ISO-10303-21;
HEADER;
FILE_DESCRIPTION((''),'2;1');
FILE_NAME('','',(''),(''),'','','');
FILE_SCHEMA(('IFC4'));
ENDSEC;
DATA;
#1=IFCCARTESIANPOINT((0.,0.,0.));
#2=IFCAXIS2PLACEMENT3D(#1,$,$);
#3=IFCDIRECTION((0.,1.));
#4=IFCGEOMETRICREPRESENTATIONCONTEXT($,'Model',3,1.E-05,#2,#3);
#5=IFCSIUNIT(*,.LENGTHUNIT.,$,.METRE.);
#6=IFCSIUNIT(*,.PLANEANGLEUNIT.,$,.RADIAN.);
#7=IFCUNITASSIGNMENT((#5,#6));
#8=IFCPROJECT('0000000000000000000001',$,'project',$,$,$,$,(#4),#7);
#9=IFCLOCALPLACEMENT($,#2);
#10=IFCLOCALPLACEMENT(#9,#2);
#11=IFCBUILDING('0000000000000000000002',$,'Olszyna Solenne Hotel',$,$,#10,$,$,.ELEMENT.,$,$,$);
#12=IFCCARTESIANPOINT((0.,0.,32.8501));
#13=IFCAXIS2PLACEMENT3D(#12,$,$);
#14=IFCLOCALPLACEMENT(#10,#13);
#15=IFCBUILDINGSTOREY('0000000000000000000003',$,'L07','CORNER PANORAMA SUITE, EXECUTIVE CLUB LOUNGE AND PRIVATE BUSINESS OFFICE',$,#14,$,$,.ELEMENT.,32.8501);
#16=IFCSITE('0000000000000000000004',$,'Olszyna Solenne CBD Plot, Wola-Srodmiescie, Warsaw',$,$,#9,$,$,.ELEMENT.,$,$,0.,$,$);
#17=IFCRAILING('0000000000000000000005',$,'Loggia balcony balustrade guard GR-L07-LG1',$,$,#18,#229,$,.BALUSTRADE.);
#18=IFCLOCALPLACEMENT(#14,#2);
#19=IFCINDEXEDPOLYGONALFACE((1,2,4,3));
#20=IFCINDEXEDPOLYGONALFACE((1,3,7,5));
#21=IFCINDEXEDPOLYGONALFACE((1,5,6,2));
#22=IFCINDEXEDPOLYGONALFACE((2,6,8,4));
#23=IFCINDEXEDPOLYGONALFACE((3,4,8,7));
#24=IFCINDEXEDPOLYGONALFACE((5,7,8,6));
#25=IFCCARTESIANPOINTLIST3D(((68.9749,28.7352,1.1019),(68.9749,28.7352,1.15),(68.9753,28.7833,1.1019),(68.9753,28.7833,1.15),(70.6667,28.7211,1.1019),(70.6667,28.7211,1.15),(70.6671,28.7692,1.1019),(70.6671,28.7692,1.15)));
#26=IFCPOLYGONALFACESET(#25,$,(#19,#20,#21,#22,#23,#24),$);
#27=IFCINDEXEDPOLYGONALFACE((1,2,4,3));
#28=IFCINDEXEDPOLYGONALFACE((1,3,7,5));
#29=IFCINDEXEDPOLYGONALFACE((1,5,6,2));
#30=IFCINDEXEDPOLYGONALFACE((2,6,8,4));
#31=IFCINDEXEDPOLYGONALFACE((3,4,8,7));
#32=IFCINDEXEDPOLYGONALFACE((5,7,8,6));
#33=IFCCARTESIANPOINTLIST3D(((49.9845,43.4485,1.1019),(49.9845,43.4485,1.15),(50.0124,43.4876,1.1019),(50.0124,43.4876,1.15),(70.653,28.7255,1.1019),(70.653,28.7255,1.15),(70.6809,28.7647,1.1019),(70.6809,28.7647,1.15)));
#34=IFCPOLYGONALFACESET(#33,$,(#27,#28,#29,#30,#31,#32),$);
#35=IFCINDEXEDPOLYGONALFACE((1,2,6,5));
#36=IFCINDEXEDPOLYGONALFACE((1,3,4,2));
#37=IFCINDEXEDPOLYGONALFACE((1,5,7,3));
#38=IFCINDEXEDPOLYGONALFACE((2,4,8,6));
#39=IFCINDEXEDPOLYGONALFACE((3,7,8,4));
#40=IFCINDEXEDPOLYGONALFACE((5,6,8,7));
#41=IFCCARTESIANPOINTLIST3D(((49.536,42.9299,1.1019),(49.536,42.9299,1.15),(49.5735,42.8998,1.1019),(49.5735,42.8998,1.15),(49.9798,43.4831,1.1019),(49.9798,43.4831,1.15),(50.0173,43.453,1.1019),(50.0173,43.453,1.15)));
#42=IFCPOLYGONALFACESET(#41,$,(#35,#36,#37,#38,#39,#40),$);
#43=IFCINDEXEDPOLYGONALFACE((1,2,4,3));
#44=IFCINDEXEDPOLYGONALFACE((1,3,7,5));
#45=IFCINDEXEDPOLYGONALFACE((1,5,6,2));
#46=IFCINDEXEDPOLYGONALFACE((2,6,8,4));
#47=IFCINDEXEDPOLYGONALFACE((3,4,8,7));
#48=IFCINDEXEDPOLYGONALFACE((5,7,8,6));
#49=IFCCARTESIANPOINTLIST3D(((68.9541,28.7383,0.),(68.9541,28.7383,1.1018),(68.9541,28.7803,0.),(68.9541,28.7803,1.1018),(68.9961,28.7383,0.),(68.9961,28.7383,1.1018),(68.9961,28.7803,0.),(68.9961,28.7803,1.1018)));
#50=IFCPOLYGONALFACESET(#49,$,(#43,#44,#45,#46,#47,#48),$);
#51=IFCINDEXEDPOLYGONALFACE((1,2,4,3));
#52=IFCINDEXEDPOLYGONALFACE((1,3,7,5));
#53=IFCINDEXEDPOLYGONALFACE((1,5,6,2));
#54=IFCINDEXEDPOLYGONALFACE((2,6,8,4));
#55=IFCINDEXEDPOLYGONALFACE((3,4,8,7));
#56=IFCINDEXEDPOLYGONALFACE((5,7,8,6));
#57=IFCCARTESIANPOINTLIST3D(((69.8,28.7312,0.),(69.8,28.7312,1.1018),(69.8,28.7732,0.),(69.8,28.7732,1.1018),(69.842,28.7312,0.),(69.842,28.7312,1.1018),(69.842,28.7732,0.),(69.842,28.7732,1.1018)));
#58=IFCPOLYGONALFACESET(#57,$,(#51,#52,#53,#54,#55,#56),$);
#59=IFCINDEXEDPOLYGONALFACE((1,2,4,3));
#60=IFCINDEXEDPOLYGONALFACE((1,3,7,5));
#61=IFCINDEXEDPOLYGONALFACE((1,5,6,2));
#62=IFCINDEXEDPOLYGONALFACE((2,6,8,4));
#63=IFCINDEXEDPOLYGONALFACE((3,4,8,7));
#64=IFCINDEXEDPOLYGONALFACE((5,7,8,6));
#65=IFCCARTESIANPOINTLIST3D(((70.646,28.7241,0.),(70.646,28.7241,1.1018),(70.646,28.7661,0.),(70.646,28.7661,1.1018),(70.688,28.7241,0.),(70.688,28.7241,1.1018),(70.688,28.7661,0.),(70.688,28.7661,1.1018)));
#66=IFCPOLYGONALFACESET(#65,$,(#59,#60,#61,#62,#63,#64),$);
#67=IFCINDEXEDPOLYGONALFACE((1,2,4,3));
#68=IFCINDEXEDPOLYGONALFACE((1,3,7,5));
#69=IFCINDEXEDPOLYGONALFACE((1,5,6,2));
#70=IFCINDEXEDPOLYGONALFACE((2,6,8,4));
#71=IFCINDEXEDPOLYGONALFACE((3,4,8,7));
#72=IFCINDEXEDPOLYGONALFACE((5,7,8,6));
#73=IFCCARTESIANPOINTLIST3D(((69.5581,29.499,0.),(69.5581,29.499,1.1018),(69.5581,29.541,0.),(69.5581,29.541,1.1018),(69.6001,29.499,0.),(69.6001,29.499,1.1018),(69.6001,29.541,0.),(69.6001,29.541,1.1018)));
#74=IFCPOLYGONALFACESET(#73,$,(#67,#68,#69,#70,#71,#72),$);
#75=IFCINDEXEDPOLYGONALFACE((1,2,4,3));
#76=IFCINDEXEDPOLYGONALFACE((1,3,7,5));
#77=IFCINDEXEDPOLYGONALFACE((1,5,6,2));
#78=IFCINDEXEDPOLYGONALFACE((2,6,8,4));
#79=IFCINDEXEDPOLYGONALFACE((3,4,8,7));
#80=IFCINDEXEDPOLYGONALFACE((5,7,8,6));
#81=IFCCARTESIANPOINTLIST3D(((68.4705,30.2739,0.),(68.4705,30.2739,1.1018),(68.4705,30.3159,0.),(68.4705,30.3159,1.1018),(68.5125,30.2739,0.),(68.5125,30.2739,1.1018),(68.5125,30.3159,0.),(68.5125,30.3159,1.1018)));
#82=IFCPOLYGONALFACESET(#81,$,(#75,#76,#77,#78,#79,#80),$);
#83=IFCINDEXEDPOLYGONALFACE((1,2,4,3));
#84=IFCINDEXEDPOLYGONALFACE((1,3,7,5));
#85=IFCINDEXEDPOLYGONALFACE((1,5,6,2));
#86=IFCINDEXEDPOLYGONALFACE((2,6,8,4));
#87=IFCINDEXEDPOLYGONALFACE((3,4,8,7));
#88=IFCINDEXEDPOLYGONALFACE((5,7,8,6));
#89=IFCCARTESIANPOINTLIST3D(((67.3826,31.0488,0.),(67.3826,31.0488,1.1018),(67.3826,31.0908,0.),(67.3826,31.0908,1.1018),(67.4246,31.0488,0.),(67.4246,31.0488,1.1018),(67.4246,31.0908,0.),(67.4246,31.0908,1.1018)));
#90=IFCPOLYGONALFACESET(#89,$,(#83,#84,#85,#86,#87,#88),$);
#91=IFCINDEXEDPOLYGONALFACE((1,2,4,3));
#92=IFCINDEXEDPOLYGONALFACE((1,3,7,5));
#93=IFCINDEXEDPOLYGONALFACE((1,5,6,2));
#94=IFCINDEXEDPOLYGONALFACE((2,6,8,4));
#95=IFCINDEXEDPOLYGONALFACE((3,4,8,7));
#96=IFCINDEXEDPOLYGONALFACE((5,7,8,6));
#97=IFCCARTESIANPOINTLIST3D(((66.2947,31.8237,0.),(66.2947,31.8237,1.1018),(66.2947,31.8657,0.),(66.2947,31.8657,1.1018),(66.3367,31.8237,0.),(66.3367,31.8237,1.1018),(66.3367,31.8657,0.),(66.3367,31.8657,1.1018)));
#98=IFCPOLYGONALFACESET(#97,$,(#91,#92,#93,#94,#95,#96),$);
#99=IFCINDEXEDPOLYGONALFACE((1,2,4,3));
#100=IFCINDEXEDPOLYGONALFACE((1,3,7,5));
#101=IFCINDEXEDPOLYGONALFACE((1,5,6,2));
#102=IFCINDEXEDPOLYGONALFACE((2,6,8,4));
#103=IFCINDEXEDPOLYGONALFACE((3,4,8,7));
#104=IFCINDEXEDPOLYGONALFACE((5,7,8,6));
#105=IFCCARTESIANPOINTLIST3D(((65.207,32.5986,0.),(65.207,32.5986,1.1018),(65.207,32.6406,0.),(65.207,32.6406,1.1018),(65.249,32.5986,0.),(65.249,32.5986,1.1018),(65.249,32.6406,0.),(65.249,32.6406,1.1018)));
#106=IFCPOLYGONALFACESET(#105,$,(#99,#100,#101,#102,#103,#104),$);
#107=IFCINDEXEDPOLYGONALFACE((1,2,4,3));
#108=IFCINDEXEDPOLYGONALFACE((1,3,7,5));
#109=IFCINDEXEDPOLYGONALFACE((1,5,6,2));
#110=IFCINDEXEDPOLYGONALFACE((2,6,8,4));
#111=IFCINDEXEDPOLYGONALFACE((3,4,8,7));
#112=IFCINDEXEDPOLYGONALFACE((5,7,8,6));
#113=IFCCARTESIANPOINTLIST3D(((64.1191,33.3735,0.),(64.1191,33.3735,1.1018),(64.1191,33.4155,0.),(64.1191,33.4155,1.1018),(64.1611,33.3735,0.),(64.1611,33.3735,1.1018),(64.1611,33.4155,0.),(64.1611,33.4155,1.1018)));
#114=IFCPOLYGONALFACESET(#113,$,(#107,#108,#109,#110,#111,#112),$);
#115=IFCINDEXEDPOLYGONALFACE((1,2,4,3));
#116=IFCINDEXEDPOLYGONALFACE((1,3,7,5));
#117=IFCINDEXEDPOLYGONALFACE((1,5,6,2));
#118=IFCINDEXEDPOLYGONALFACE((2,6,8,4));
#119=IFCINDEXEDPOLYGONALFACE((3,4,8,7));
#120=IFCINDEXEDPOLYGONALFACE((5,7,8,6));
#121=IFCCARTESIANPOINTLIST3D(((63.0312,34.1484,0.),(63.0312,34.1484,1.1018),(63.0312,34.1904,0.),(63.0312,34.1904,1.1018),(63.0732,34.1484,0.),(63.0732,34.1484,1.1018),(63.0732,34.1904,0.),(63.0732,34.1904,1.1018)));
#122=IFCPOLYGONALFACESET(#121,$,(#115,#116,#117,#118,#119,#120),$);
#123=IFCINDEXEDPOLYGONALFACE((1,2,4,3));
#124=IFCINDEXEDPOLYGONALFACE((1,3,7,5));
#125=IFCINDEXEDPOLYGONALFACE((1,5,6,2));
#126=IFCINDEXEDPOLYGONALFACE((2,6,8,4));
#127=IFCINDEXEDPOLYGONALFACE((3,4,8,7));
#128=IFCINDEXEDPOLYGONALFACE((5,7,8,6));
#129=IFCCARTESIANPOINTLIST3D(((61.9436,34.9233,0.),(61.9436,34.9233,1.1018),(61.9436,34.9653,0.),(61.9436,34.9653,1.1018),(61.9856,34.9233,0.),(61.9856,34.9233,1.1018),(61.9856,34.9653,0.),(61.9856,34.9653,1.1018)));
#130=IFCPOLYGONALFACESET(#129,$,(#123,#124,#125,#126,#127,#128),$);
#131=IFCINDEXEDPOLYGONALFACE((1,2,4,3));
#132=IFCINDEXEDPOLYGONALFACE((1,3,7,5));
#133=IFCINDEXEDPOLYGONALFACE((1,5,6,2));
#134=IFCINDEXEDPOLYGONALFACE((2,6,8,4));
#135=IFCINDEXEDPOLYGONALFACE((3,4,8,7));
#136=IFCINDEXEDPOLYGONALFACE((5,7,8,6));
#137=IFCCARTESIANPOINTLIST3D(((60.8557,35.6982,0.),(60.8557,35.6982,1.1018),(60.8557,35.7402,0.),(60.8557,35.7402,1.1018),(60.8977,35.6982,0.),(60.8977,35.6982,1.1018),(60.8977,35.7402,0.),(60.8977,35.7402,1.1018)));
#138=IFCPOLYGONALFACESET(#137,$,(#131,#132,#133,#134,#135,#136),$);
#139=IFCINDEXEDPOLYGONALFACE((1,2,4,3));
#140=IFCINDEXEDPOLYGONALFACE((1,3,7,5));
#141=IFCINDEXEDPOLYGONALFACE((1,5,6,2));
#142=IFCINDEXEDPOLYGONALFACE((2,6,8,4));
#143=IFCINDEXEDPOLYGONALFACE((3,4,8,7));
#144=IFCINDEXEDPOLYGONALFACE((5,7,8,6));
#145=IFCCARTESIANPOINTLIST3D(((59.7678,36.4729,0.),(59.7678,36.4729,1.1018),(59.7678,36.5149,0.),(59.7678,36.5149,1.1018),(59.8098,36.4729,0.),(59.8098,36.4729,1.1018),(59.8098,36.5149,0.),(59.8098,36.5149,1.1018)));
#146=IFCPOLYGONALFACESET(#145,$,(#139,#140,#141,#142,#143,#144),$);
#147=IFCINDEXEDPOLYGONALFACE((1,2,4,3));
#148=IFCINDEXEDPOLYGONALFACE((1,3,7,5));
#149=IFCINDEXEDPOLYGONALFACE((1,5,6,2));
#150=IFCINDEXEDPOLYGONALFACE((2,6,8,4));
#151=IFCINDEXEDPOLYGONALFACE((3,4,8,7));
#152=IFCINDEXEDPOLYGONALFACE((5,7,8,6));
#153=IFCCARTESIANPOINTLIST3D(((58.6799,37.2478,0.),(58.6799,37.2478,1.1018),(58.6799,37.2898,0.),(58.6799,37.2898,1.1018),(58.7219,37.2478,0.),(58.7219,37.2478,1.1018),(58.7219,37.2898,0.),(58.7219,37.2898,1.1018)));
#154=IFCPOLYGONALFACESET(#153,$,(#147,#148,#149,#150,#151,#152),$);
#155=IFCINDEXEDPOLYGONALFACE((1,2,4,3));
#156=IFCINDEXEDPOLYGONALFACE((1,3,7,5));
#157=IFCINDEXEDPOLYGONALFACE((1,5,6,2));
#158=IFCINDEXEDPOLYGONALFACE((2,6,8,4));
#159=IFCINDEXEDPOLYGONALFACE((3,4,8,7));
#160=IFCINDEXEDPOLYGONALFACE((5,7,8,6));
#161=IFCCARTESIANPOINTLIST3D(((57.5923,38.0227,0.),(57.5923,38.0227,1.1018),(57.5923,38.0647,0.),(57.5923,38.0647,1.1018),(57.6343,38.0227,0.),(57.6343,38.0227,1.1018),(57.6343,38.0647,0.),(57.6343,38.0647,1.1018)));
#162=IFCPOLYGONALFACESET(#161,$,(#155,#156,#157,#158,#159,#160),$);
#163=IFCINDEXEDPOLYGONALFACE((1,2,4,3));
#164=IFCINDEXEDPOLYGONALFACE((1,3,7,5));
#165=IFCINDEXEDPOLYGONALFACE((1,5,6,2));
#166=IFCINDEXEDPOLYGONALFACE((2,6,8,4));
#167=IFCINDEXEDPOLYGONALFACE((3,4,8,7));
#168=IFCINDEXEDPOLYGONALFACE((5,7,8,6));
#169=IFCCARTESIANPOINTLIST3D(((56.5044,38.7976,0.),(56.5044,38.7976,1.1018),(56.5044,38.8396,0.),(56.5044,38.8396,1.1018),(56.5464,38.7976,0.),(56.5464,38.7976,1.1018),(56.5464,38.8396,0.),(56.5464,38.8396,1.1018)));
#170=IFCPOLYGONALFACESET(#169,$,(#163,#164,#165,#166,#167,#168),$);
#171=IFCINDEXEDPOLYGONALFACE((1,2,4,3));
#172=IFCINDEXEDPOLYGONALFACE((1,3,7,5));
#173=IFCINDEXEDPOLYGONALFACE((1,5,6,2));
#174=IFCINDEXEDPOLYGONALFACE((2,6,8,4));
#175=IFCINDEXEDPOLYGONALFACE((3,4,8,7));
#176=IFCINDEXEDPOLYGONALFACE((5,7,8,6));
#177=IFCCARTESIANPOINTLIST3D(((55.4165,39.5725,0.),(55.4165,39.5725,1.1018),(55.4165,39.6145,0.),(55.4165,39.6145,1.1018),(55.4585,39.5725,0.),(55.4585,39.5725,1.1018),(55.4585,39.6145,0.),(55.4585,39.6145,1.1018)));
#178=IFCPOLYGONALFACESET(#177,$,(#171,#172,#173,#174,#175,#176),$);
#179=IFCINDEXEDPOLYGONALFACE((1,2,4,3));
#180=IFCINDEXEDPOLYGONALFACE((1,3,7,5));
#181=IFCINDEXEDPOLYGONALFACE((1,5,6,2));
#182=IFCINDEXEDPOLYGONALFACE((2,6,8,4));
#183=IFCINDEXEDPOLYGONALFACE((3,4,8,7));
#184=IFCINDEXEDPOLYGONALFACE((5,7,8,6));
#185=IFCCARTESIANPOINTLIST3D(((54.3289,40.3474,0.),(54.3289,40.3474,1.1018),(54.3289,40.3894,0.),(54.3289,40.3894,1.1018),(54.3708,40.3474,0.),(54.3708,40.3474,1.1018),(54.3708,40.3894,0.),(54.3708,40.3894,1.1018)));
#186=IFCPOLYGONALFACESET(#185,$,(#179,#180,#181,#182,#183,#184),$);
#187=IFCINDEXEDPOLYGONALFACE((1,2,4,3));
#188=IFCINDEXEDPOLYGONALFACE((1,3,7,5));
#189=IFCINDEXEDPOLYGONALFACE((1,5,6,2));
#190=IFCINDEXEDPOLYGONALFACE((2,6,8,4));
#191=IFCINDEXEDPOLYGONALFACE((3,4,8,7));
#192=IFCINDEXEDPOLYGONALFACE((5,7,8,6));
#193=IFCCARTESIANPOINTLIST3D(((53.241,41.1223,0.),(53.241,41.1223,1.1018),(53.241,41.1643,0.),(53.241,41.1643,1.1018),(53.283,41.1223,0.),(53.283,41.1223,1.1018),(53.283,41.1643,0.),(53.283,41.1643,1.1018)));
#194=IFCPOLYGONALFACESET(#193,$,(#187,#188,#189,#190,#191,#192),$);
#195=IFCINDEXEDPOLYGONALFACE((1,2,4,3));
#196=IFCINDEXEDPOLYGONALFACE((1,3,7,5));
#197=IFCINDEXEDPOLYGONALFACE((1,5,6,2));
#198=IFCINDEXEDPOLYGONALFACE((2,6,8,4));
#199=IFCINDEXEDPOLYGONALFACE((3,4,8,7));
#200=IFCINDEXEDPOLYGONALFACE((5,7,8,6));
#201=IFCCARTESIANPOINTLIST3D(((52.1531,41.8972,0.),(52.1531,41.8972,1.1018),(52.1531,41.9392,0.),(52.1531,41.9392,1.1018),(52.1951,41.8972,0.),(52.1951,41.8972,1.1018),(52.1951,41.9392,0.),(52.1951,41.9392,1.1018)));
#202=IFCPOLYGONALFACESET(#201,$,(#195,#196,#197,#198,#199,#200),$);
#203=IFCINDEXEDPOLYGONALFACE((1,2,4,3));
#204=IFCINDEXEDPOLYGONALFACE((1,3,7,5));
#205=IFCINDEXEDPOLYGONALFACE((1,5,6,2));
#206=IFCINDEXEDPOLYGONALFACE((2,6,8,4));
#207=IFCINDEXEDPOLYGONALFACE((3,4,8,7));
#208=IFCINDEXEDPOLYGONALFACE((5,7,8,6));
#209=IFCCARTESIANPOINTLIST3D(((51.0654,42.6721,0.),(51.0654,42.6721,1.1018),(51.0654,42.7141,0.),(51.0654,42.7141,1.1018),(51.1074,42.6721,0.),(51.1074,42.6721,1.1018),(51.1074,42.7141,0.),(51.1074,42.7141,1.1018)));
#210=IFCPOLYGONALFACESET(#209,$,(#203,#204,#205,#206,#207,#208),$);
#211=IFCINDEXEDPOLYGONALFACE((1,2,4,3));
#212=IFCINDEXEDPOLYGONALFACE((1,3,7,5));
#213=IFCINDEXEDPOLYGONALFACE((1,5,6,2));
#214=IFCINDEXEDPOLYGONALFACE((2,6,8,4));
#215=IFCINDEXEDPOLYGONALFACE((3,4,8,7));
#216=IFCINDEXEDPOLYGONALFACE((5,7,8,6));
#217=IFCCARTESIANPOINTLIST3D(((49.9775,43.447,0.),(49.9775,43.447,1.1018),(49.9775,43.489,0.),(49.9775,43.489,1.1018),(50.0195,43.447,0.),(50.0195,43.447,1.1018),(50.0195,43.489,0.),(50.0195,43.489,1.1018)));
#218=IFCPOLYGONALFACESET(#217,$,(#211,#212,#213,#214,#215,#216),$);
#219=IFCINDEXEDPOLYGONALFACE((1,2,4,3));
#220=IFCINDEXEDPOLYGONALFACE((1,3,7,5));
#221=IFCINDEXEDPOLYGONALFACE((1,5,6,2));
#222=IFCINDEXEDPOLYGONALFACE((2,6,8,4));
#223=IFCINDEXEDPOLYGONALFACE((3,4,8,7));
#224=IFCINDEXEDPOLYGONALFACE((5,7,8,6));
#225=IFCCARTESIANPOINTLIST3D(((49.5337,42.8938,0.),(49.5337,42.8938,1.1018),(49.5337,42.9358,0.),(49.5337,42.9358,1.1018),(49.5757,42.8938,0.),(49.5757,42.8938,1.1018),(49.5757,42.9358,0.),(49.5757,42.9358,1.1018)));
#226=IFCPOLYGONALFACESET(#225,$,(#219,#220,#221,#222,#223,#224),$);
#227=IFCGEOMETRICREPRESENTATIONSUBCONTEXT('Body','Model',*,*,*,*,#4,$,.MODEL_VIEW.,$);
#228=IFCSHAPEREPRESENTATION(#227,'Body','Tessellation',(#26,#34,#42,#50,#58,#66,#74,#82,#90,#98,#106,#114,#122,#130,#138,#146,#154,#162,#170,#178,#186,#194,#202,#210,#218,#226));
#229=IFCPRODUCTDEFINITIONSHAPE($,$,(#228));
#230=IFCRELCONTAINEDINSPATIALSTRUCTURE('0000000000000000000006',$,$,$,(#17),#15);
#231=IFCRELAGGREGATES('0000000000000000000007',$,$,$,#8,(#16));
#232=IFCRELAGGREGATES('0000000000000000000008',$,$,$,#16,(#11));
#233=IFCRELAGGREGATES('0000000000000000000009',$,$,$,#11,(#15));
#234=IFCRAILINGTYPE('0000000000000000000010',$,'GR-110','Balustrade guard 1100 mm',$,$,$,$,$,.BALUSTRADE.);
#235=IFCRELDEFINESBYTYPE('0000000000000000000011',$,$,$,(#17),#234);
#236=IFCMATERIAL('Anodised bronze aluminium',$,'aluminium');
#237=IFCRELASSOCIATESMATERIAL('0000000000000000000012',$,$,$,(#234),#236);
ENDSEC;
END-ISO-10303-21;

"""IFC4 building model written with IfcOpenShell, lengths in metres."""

from ifc_helpers import new_model, si_unit, direction, frame, origin, origin_2d, place, context, subcontext, project, spatial, rectangle, extrude, material, type_object, element, save


model = new_model("IFC4")

# Units and contexts
model_context = context("Model", 3, precision=1e-05, world=origin(), true_north=direction((0.0, 1.0)))
body_context = subcontext(model_context, "Body", "Model", "MODEL_VIEW")
ifc_project = project(units=[si_unit("LENGTHUNIT", "METRE"), si_unit("PLANEANGLEUNIT", "RADIAN")], contexts=[model_context])

# Site, building, storey
site_placement = place(None, origin())
site = spatial("IfcSite", under=ifc_project, at=site_placement, Name="Olszyna Solenne CBD Plot, Wola-Srodmiescie, Warsaw", CompositionType="ELEMENT", RefElevation=0.0)
building_placement = place(site_placement, origin())
building = spatial("IfcBuilding", under=site, at=building_placement, Name="Olszyna Solenne Hotel", CompositionType="ELEMENT")
storey_placement = place(building_placement, frame((0.0, 0.0, 32.8501)))
storey = spatial("IfcBuildingStorey", under=building, at=storey_placement, Name="L07", Description="CORNER PANORAMA SUITE, EXECUTIVE CLUB LOUNGE AND PRIVATE BUSINESS OFFICE", CompositionType="ELEMENT", Elevation=32.8501)

# Shared definitions
ifc_material_1 = material(Name="Anodised bronze aluminium", Category="aluminium")

# Railing
railing_type = type_object("IfcRailingType", Name="GR-110", Description="Balustrade guard 1100 mm", PredefinedType="BALUSTRADE", material=ifc_material_1)
railing_placement = place(storey_placement, frame((68.9751, 28.7593, 0.0)))
element("IfcRailing", 1, at=railing_placement, inside=storey, type_object=railing_type, Name="Loggia balcony balustrade guard GR-L07-LG1", PredefinedType="BALUSTRADE", context=body_context, shape_type="SweptSolid", body=[
    extrude(rectangle(XDim=0.0481, YDim=0.0481, at=origin_2d()), frame((0.0, 0.0, 1.126), z_axis=(0.999965, -0.008369, 0.0), x_axis=(0.008369, 0.999965, 0.0)), (0.0, 0.0, 1.0), 1.6919),
    extrude(rectangle(XDim=0.0481, YDim=0.0481, at=origin_2d()), frame((1.6919, -0.0142, 1.126), z_axis=(-0.814484, 0.580187, 0.0), x_axis=(-0.580187, -0.814484, 0.0)), (0.0, 0.0, 1.0), 25.3762),
    extrude(rectangle(XDim=0.0481, YDim=0.0481, at=origin_2d()), frame((-18.9766, 14.7087, 1.126), z_axis=(-0.625786, -0.779995, 0.0), x_axis=(0.779995, -0.625786, 0.0)), (0.0, 0.0, 1.0), 0.7092),
    extrude(rectangle(XDim=0.042, YDim=0.042, at=origin_2d()), origin(), (0.0, 0.0, 1.0), 1.1018),
    extrude(rectangle(XDim=0.042, YDim=0.042, at=origin_2d()), frame((0.8459, -0.0071, 0.0)), (0.0, 0.0, 1.0), 1.1018),
    extrude(rectangle(XDim=0.042, YDim=0.042, at=origin_2d()), frame((1.6919, -0.0142, 0.0)), (0.0, 0.0, 1.0), 1.1018),
    extrude(rectangle(XDim=0.042, YDim=0.042, at=origin_2d()), frame((0.604, 0.7607, 0.0)), (0.0, 0.0, 1.0), 1.1018),
    extrude(rectangle(XDim=0.042, YDim=0.042, at=origin_2d()), frame((-0.4836, 1.5356, 0.0)), (0.0, 0.0, 1.0), 1.1018),
    extrude(rectangle(XDim=0.042, YDim=0.042, at=origin_2d()), frame((-1.5715, 2.3105, 0.0)), (0.0, 0.0, 1.0), 1.1018),
    extrude(rectangle(XDim=0.042, YDim=0.042, at=origin_2d()), frame((-2.6594, 3.0854, 0.0)), (0.0, 0.0, 1.0), 1.1018),
    extrude(rectangle(XDim=0.042, YDim=0.042, at=origin_2d()), frame((-3.7471, 3.8604, 0.0)), (0.0, 0.0, 1.0), 1.1018),
    extrude(rectangle(XDim=0.042, YDim=0.042, at=origin_2d()), frame((-4.835, 4.6353, 0.0)), (0.0, 0.0, 1.0), 1.1018),
    extrude(rectangle(XDim=0.042, YDim=0.042, at=origin_2d()), frame((-5.9229, 5.4102, 0.0)), (0.0, 0.0, 1.0), 1.1018),
    extrude(rectangle(XDim=0.042, YDim=0.042, at=origin_2d()), frame((-7.0105, 6.1851, 0.0)), (0.0, 0.0, 1.0), 1.1018),
    extrude(rectangle(XDim=0.042, YDim=0.042, at=origin_2d()), frame((-8.0984, 6.96, 0.0)), (0.0, 0.0, 1.0), 1.1018),
    extrude(rectangle(XDim=0.042, YDim=0.042, at=origin_2d()), frame((-9.1863, 7.7346, 0.0)), (0.0, 0.0, 1.0), 1.1018),
    extrude(rectangle(XDim=0.042, YDim=0.042, at=origin_2d()), frame((-10.2742, 8.5095, 0.0)), (0.0, 0.0, 1.0), 1.1018),
    extrude(rectangle(XDim=0.042, YDim=0.042, at=origin_2d()), frame((-11.3618, 9.2844, 0.0)), (0.0, 0.0, 1.0), 1.1018),
    extrude(rectangle(XDim=0.042, YDim=0.042, at=origin_2d()), frame((-12.4497, 10.0593, 0.0)), (0.0, 0.0, 1.0), 1.1018),
    extrude(rectangle(XDim=0.042, YDim=0.042, at=origin_2d()), frame((-13.5376, 10.8342, 0.0)), (0.0, 0.0, 1.0), 1.1018),
    extrude(rectangle(XDim=0.042, YDim=0.042, at=origin_2d()), frame((-14.6252, 11.6091, 0.0)), (0.0, 0.0, 1.0), 1.1018),
    extrude(rectangle(XDim=0.042, YDim=0.042, at=origin_2d()), frame((-15.7131, 12.384, 0.0)), (0.0, 0.0, 1.0), 1.1018),
    extrude(rectangle(XDim=0.042, YDim=0.042, at=origin_2d()), frame((-16.801, 13.1589, 0.0)), (0.0, 0.0, 1.0), 1.1018),
    extrude(rectangle(XDim=0.042, YDim=0.042, at=origin_2d()), frame((-17.8887, 13.9338, 0.0)), (0.0, 0.0, 1.0), 1.1018),
    extrude(rectangle(XDim=0.042, YDim=0.042, at=origin_2d()), frame((-18.9766, 14.7087, 0.0)), (0.0, 0.0, 1.0), 1.1018),
    extrude(rectangle(XDim=0.042, YDim=0.042, at=origin_2d()), frame((-19.4204, 14.1555, 0.0)), (0.0, 0.0, 1.0), 1.1018),
])

save(model, "model.ifc")
